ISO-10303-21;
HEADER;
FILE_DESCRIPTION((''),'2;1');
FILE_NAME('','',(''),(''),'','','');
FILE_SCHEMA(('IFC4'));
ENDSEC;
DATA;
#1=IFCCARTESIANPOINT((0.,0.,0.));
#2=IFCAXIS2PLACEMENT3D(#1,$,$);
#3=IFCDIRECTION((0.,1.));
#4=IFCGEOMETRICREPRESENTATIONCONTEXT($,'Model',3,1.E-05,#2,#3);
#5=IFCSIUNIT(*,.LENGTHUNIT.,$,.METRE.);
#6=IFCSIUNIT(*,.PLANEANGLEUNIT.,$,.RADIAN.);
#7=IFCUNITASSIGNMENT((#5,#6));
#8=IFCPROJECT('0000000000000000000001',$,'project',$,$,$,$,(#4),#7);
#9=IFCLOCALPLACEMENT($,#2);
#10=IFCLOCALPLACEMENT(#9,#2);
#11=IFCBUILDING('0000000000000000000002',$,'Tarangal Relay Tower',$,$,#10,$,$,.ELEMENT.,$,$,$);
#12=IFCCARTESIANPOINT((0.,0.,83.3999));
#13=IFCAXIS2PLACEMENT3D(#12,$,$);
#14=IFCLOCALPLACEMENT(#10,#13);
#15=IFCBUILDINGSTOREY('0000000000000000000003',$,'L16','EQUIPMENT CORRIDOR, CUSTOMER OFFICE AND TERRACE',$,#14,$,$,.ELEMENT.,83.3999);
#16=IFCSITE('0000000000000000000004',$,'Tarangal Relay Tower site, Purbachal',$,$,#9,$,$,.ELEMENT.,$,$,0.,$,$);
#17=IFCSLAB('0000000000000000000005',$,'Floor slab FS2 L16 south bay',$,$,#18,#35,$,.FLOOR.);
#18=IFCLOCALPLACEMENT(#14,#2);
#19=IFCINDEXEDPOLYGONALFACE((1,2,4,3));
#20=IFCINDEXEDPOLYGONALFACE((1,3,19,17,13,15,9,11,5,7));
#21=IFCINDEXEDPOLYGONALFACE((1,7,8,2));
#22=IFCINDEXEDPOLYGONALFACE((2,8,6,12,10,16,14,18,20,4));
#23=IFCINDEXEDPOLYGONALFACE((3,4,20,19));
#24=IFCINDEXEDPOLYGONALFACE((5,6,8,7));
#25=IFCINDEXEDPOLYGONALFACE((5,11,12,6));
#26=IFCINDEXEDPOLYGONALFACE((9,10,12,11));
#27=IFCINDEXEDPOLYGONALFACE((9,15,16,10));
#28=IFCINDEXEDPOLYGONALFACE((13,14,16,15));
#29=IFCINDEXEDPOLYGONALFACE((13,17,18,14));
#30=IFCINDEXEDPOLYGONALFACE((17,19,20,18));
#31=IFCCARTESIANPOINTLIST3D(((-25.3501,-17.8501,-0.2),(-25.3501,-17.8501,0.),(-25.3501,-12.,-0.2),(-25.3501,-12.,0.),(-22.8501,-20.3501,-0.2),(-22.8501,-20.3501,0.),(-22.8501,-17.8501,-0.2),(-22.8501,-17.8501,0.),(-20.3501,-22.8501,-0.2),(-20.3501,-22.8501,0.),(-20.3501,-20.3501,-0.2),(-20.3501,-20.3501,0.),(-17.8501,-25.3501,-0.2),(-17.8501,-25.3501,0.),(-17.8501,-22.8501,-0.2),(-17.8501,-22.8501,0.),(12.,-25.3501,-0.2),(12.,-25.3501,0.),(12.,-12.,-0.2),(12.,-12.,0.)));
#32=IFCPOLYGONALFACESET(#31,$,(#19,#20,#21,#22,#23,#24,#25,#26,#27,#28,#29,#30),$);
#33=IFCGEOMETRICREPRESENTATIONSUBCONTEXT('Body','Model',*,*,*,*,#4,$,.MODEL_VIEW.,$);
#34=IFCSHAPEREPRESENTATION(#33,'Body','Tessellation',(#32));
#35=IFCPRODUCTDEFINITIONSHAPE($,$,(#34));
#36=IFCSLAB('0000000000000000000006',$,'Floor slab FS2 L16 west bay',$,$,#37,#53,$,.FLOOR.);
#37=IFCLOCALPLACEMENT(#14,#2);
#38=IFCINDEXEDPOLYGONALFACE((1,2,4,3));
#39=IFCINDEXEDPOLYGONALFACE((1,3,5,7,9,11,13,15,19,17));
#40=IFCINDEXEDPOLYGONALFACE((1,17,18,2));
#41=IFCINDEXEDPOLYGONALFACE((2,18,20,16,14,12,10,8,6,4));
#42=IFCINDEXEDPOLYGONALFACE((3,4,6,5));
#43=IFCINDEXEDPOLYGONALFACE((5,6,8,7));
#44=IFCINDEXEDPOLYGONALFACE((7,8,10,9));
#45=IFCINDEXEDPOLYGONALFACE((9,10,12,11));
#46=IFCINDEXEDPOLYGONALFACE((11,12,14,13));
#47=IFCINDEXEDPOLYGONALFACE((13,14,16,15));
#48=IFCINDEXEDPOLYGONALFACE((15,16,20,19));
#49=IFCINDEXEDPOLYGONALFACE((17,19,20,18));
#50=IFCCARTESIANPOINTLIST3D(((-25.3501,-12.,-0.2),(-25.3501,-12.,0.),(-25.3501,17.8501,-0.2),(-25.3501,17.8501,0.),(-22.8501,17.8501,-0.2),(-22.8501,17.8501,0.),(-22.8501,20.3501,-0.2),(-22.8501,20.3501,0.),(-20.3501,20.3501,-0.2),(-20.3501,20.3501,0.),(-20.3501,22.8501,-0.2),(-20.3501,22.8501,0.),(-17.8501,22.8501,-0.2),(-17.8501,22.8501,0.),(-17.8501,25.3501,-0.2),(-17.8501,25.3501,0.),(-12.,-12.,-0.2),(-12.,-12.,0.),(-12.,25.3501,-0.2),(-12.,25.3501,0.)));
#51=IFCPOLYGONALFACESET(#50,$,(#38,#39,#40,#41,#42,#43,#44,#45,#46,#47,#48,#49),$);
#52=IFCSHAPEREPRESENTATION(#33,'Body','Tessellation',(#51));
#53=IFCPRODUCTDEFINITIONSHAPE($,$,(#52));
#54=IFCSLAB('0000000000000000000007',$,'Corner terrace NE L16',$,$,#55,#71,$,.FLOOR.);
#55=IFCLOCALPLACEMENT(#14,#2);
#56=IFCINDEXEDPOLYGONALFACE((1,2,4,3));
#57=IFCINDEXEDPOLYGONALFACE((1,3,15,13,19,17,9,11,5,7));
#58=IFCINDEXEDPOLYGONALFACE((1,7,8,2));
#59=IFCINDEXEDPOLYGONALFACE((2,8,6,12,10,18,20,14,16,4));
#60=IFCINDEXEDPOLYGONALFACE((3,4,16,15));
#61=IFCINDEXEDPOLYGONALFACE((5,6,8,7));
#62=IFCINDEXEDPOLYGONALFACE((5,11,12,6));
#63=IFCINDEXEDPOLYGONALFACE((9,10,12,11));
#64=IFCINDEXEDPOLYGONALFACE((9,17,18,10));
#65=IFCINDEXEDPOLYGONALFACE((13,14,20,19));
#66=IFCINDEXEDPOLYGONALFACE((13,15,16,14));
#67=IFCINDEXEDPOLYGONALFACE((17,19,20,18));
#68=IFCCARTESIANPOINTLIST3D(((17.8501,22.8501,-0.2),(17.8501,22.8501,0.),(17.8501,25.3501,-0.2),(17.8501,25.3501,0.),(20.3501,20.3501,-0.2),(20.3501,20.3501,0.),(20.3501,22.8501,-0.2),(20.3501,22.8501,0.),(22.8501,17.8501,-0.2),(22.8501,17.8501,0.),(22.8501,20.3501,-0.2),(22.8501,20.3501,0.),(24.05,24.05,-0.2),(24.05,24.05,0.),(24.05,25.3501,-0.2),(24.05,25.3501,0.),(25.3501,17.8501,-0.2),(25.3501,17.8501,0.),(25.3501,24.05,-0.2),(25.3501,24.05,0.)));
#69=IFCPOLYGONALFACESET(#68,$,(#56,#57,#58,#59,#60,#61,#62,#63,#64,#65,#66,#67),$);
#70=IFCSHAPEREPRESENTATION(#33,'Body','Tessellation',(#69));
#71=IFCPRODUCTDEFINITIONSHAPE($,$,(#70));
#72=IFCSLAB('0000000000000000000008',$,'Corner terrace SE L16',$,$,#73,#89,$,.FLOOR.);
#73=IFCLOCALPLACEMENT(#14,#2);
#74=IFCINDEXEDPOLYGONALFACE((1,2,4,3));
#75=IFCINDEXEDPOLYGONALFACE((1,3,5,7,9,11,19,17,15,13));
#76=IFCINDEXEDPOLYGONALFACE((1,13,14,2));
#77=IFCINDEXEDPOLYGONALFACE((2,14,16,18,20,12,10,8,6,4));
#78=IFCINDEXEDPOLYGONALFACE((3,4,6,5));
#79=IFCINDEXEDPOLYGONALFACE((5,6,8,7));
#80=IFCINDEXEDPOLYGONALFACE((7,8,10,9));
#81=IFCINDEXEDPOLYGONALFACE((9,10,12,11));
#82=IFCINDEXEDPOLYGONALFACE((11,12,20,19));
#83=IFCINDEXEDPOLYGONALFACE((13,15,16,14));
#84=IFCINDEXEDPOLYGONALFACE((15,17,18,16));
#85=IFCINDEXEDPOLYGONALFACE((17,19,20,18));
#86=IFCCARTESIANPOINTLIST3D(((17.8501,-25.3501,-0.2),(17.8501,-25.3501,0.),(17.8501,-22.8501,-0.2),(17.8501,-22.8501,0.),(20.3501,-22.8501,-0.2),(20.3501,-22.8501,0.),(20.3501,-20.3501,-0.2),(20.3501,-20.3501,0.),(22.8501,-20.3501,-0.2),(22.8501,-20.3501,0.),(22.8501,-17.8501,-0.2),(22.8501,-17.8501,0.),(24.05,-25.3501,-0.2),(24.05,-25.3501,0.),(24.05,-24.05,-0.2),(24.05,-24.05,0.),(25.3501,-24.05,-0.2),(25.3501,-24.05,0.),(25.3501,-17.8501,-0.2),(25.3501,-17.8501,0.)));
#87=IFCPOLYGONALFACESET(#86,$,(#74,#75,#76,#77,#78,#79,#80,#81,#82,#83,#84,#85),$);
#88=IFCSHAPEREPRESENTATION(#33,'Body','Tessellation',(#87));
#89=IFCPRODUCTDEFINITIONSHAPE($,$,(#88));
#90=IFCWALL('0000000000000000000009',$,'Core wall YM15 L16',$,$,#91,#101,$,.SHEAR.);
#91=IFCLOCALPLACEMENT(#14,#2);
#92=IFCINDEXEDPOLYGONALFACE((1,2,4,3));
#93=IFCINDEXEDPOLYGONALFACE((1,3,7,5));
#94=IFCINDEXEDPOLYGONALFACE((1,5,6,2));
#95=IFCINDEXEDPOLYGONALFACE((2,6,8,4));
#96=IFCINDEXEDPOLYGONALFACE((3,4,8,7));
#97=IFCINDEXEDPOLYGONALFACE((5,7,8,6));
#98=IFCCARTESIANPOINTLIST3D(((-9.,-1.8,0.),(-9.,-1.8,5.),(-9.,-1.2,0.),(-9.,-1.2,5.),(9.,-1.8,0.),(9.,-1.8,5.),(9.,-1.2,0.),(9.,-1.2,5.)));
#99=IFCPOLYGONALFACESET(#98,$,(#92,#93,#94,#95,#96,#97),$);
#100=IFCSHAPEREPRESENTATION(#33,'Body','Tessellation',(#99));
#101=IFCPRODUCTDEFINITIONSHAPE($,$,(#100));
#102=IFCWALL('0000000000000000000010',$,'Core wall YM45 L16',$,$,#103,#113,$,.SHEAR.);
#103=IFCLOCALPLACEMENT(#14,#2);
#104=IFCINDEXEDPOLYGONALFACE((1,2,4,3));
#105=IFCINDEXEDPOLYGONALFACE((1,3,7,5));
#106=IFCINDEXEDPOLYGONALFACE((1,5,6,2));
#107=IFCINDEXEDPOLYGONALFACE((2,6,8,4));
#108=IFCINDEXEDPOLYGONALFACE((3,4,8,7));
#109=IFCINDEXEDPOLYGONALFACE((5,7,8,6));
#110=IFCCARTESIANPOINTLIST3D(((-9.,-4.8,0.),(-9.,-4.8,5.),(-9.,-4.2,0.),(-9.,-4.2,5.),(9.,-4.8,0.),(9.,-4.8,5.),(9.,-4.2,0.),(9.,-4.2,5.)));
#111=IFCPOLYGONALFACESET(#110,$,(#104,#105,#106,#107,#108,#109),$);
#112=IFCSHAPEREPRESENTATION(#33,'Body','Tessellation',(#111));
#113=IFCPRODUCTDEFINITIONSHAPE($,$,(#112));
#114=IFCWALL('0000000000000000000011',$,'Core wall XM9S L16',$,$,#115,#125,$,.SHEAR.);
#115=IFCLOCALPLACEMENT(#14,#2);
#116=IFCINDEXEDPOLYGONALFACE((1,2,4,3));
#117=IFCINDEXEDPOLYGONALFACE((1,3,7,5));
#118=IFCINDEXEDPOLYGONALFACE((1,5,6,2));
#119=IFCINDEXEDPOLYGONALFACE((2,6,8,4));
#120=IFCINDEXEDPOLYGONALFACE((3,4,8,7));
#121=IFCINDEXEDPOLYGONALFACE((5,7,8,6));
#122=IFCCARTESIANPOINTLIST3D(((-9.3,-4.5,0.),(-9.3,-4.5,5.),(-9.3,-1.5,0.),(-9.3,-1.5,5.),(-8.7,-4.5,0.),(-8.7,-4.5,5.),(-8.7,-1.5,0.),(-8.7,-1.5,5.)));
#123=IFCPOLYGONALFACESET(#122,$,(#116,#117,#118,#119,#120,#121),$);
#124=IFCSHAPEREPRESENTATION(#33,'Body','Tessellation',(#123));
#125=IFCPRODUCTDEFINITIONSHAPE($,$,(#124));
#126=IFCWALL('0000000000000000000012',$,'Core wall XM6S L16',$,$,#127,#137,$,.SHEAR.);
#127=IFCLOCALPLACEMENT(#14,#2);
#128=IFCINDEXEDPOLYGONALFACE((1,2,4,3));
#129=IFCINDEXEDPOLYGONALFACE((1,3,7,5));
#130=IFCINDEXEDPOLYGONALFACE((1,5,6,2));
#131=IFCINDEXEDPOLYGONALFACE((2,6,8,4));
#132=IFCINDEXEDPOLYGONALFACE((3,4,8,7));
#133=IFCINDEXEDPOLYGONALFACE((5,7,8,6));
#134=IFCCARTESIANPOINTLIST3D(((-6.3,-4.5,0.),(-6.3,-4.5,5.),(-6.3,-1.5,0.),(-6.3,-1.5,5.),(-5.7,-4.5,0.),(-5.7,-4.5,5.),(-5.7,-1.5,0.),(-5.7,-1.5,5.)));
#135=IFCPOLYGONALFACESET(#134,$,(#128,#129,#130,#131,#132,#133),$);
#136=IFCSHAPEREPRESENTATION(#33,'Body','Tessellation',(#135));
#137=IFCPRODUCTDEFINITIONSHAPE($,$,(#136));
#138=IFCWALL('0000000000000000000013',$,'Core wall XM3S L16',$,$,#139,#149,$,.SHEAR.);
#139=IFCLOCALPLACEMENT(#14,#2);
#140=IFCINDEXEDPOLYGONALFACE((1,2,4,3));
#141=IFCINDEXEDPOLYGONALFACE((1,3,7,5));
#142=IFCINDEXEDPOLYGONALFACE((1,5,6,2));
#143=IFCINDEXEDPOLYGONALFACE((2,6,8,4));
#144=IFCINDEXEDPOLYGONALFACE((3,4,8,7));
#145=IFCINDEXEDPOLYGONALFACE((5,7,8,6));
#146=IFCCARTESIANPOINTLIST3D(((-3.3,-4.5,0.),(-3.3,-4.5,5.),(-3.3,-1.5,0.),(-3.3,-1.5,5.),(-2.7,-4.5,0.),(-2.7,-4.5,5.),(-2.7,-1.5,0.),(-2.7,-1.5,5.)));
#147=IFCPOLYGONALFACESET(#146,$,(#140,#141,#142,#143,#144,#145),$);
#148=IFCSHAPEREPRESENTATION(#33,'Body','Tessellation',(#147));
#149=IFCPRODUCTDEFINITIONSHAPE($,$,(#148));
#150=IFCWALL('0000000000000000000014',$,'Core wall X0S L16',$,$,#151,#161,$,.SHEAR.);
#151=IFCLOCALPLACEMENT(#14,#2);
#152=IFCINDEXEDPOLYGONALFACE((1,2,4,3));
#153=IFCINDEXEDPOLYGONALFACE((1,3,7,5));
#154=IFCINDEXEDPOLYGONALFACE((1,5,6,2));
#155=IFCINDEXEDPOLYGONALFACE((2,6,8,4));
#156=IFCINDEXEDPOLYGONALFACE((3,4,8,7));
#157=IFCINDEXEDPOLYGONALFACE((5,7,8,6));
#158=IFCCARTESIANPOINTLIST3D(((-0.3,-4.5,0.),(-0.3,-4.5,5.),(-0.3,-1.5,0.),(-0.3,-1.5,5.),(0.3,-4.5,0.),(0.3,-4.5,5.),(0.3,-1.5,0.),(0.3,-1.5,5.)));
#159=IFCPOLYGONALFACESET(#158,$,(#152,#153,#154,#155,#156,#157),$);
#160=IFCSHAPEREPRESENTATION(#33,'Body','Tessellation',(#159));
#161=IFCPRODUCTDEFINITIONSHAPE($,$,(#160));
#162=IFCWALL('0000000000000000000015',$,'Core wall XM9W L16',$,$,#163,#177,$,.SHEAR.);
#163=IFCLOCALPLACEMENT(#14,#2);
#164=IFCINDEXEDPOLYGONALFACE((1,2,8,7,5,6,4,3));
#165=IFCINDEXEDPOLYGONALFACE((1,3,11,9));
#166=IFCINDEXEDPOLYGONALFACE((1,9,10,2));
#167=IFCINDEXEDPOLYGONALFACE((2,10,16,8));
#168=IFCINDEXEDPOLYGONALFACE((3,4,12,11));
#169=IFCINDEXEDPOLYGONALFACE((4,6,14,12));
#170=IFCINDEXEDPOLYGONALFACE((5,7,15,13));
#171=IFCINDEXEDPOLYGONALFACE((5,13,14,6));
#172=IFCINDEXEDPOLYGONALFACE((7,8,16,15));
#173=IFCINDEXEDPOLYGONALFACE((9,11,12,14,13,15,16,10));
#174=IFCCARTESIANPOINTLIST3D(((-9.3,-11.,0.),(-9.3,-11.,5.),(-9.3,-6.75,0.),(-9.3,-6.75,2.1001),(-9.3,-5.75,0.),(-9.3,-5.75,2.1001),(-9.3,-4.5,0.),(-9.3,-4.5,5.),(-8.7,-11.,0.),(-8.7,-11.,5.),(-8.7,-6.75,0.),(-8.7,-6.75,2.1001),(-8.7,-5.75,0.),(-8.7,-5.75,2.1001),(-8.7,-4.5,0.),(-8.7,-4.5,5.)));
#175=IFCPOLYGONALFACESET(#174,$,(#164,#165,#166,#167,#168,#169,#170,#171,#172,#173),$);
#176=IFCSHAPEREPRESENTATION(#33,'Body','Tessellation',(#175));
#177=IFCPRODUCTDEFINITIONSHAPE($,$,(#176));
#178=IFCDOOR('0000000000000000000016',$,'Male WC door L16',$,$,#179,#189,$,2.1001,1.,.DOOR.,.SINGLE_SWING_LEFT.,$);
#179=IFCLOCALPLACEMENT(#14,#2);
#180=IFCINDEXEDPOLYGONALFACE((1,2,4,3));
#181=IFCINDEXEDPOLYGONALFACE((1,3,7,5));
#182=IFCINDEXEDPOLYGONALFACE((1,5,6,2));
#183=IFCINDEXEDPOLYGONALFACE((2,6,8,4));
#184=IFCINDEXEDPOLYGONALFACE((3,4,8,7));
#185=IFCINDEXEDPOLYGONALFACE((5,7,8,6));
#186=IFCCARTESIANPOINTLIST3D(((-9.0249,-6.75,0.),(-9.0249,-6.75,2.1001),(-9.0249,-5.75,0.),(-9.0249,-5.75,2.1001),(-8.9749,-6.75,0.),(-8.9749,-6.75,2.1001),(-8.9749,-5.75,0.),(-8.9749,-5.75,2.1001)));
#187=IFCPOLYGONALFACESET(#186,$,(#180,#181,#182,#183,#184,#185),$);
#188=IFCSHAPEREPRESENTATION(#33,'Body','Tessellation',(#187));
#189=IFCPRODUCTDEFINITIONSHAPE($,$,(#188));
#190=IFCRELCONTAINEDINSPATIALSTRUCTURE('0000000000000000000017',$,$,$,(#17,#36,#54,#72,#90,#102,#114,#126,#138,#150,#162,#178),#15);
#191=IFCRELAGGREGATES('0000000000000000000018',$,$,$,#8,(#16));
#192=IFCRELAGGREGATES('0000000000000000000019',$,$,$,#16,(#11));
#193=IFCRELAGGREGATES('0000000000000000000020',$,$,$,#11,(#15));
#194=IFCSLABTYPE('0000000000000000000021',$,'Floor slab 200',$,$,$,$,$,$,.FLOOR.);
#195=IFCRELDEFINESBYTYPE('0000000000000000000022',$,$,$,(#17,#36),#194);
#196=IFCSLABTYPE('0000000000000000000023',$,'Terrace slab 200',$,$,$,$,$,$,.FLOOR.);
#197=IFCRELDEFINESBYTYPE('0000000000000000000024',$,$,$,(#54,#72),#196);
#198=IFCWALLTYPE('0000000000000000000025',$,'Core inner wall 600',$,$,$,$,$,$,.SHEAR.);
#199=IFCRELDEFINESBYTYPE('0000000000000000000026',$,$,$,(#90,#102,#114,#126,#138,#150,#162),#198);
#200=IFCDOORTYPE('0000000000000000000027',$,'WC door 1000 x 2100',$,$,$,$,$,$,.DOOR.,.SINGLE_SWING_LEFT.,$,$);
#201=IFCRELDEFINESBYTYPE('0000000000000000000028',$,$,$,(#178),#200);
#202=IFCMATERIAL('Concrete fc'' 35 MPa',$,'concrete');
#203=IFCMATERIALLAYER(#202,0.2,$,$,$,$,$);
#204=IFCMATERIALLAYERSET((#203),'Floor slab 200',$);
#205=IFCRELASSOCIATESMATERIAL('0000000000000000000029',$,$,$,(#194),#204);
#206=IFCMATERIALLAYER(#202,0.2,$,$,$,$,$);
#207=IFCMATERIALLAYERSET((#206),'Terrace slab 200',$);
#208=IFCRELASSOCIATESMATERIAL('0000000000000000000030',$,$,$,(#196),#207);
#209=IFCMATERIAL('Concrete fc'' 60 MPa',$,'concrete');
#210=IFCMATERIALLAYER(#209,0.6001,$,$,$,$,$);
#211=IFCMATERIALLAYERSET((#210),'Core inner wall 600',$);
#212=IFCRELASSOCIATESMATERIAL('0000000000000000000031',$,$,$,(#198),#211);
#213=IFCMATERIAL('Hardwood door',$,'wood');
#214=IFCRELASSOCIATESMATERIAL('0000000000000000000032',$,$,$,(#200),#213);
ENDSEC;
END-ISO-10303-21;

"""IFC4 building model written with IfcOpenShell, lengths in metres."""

from ifc_helpers import new_model, si_unit, direction, frame, frame_2d, origin, place, context, subcontext, project, spatial, polyline, rectangle, outline, extrude, material, layer, layer_set, type_object, element, fill, save


model = new_model("IFC4")

# Units and contexts
model_context = context("Model", 3, precision=1e-05, world=origin(), true_north=direction((0.0, 1.0)))
body_context = subcontext(model_context, "Body", "Model", "MODEL_VIEW")
ifc_project = project(units=[si_unit("LENGTHUNIT", "METRE"), si_unit("PLANEANGLEUNIT", "RADIAN")], contexts=[model_context])

# Site, building, storey
site_placement = place(None, origin())
site = spatial("IfcSite", under=ifc_project, at=site_placement, Name="Tarangal Relay Tower site, Purbachal", CompositionType="ELEMENT", RefElevation=0.0)
building_placement = place(site_placement, origin())
building = spatial("IfcBuilding", under=site, at=building_placement, Name="Tarangal Relay Tower", CompositionType="ELEMENT")
storey_placement = place(building_placement, frame((0.0, 0.0, 83.3999)))
storey = spatial("IfcBuildingStorey", under=building, at=storey_placement, Name="L16", Description="EQUIPMENT CORRIDOR, CUSTOMER OFFICE AND TERRACE", CompositionType="ELEMENT", Elevation=83.3999)

# Slabs
ifc_material_1 = material(Name="Concrete fc' 35 MPa", Category="concrete")
ifc_layer_1 = layer(ifc_material_1, 0.2)
ifc_layer_set_1 = layer_set([ifc_layer_1], Name="Floor slab 200")
slab_type_1 = type_object("IfcSlabType", Name="Floor slab 200", PredefinedType="FLOOR", material=ifc_layer_set_1)
slab_1_placement = place(storey_placement, frame((0.0, 0.0, -0.2)))
element("IfcSlab", 1, at=slab_1_placement, inside=storey, type_object=slab_type_1, Name="Floor slab FS2 L16 south bay", PredefinedType="FLOOR", context=body_context, shape_type="SweptSolid", body=[
    extrude(outline(polyline([(-17.8501, -25.3501), (-17.8501, -22.8501), (-20.3501, -22.8501), (-20.3501, -20.3501), (-22.8501, -20.3501), (-22.8501, -17.8501), (-25.3501, -17.8501), (-25.3501, -12.0), (12.0, -12.0), (12.0, -25.3501), (-17.8501, -25.3501)])), origin(), (0.0, 0.0, 1.0), 0.2),
])
slab_2_placement = place(storey_placement, frame((0.0, 0.0, -0.2)))
element("IfcSlab", 2, at=slab_2_placement, inside=storey, type_object=slab_type_1, Name="Floor slab FS2 L16 west bay", PredefinedType="FLOOR", context=body_context, shape_type="SweptSolid", body=[
    extrude(outline(polyline([(-12.0, 25.3501), (-12.0, -12.0), (-25.3501, -12.0), (-25.3501, 17.8501), (-22.8501, 17.8501), (-22.8501, 20.3501), (-20.3501, 20.3501), (-20.3501, 22.8501), (-17.8501, 22.8501), (-17.8501, 25.3501), (-12.0, 25.3501)])), origin(), (0.0, 0.0, 1.0), 0.2),
])
ifc_layer_2 = layer(ifc_material_1, 0.2)
ifc_layer_set_2 = layer_set([ifc_layer_2], Name="Terrace slab 200")
slab_type_2 = type_object("IfcSlabType", Name="Terrace slab 200", PredefinedType="FLOOR", material=ifc_layer_set_2)
slab_3_placement = place(storey_placement, frame((0.0, 0.0, -0.2)))
element("IfcSlab", 3, at=slab_3_placement, inside=storey, type_object=slab_type_2, Name="Corner terrace NE L16", PredefinedType="FLOOR", context=body_context, shape_type="SweptSolid", body=[
    extrude(outline(polyline([(17.8501, 25.3501), (17.8501, 22.8501), (20.3501, 22.8501), (20.3501, 20.3501), (22.8501, 20.3501), (22.8501, 17.8501), (25.3501, 17.8501), (25.3501, 24.05), (24.05, 24.05), (24.05, 25.3501), (17.8501, 25.3501)])), origin(), (0.0, 0.0, 1.0), 0.2),
])
slab_4_placement = place(storey_placement, frame((0.0, 0.0, -0.2)))
element("IfcSlab", 4, at=slab_4_placement, inside=storey, type_object=slab_type_2, Name="Corner terrace SE L16", PredefinedType="FLOOR", context=body_context, shape_type="SweptSolid", body=[
    extrude(outline(polyline([(25.3501, -17.8501), (22.8501, -17.8501), (22.8501, -20.3501), (20.3501, -20.3501), (20.3501, -22.8501), (17.8501, -22.8501), (17.8501, -25.3501), (24.05, -25.3501), (24.05, -24.05), (25.3501, -24.05), (25.3501, -17.8501)])), origin(), (0.0, 0.0, 1.0), 0.2),
])

# Walls
ifc_material_2 = material(Name="Concrete fc' 60 MPa", Category="concrete")
ifc_layer_3 = layer(ifc_material_2, 0.6001)
ifc_layer_set_3 = layer_set([ifc_layer_3], Name="Core inner wall 600")
wall_type_1 = type_object("IfcWallType", Name="Core inner wall 600", PredefinedType="SHEAR", material=ifc_layer_set_3)
for number, where, z_axis, x_axis, name in (
    (5, (-9.0, -1.5, 0.0), (0.0, 0.0, 1.0), (1.0, 0.0, 0.0), "Core wall YM15 L16"),
    (6, (-9.0, -4.5, 0.0), (0.0, 0.0, 1.0), (1.0, 0.0, 0.0), "Core wall YM45 L16"),
):
    element("IfcWall", number, at=place(storey_placement, frame(where, z_axis=z_axis, x_axis=x_axis)), inside=storey, type_object=wall_type_1, Name=name, PredefinedType="SHEAR", context=body_context, shape_type="SweptSolid", body=[
        extrude(rectangle(XDim=18.0, YDim=0.6001, at=frame_2d((9.0, 0.0))), origin(), (0.0, 0.0, 1.0), 5.0),
    ])
for number, where, z_axis, x_axis, name in (
    (7, (-9.0, -4.5, 0.0), (0.0, 0.0, 1.0), (0.0, 1.0, 0.0), "Core wall XM9S L16"),
    (8, (-6.0, -4.5, 0.0), (0.0, 0.0, 1.0), (0.0, 1.0, 0.0), "Core wall XM6S L16"),
    (9, (-3.0, -4.5, 0.0), (0.0, 0.0, 1.0), (0.0, 1.0, 0.0), "Core wall XM3S L16"),
    (10, (0.0, -4.5, 0.0), (0.0, 0.0, 1.0), (0.0, 1.0, 0.0), "Core wall X0S L16"),
):
    element("IfcWall", number, at=place(storey_placement, frame(where, z_axis=z_axis, x_axis=x_axis)), inside=storey, type_object=wall_type_1, Name=name, PredefinedType="SHEAR", context=body_context, shape_type="SweptSolid", body=[
        extrude(rectangle(XDim=3.0, YDim=0.6001, at=frame_2d((1.5, 0.0))), origin(), (0.0, 0.0, 1.0), 5.0),
    ])

# Wall, opening, door
wall_1_placement = place(storey_placement, frame((-9.0, -11.0, 0.0), z_axis=(0.0, 0.0, 1.0), x_axis=(0.0, 1.0, 0.0)))
wall_1 = element("IfcWall", 11, at=wall_1_placement, inside=storey, type_object=wall_type_1, Name="Core wall XM9W L16", PredefinedType="SHEAR", context=body_context, shape_type="SweptSolid", body=[
    extrude(rectangle(XDim=6.5, YDim=0.6001, at=frame_2d((3.25, 0.0))), origin(), (0.0, 0.0, 1.0), 5.0),
])
opening_1_placement = place(wall_1_placement, frame((4.25, 0.0, 0.0)))
opening_1 = element("IfcOpeningElement", 12, at=opening_1_placement, cuts=wall_1, PredefinedType="OPENING", context=body_context, shape_type="SweptSolid", body=[
    extrude(rectangle(XDim=1.0, YDim=2.1001, at=frame_2d((0.5, 1.05))), frame((0.0, 0.3101, 0.0), z_axis=(0.0, -1.0, 0.0), x_axis=(1.0, 0.0, 0.0)), (0.0, 0.0, 1.0), 0.6201),
])
ifc_material_3 = material(Name="Hardwood door", Category="wood")
door_type_1 = type_object("IfcDoorType", Name="WC door 1000 x 2100", OperationType="SINGLE_SWING_LEFT", PredefinedType="DOOR", material=ifc_material_3)
door_1_placement = place(opening_1_placement, origin())
door_1 = element("IfcDoor", 13, at=door_1_placement, inside=storey, type_object=door_type_1, Name="Male WC door L16", OperationType="SINGLE_SWING_LEFT", OverallHeight=2.1001, OverallWidth=1.0, PredefinedType="DOOR", context=body_context, shape_type="SweptSolid", body=[
    extrude(rectangle(XDim=1.0, YDim=2.1001, at=frame_2d((0.5, 1.05))), frame((0.0, 0.0249, 0.0), z_axis=(0.0, -1.0, 0.0), x_axis=(1.0, 0.0, 0.0)), (0.0, 0.0, 1.0), 0.05),
])
fill(opening_1, door_1)

save(model, "model.ifc")
